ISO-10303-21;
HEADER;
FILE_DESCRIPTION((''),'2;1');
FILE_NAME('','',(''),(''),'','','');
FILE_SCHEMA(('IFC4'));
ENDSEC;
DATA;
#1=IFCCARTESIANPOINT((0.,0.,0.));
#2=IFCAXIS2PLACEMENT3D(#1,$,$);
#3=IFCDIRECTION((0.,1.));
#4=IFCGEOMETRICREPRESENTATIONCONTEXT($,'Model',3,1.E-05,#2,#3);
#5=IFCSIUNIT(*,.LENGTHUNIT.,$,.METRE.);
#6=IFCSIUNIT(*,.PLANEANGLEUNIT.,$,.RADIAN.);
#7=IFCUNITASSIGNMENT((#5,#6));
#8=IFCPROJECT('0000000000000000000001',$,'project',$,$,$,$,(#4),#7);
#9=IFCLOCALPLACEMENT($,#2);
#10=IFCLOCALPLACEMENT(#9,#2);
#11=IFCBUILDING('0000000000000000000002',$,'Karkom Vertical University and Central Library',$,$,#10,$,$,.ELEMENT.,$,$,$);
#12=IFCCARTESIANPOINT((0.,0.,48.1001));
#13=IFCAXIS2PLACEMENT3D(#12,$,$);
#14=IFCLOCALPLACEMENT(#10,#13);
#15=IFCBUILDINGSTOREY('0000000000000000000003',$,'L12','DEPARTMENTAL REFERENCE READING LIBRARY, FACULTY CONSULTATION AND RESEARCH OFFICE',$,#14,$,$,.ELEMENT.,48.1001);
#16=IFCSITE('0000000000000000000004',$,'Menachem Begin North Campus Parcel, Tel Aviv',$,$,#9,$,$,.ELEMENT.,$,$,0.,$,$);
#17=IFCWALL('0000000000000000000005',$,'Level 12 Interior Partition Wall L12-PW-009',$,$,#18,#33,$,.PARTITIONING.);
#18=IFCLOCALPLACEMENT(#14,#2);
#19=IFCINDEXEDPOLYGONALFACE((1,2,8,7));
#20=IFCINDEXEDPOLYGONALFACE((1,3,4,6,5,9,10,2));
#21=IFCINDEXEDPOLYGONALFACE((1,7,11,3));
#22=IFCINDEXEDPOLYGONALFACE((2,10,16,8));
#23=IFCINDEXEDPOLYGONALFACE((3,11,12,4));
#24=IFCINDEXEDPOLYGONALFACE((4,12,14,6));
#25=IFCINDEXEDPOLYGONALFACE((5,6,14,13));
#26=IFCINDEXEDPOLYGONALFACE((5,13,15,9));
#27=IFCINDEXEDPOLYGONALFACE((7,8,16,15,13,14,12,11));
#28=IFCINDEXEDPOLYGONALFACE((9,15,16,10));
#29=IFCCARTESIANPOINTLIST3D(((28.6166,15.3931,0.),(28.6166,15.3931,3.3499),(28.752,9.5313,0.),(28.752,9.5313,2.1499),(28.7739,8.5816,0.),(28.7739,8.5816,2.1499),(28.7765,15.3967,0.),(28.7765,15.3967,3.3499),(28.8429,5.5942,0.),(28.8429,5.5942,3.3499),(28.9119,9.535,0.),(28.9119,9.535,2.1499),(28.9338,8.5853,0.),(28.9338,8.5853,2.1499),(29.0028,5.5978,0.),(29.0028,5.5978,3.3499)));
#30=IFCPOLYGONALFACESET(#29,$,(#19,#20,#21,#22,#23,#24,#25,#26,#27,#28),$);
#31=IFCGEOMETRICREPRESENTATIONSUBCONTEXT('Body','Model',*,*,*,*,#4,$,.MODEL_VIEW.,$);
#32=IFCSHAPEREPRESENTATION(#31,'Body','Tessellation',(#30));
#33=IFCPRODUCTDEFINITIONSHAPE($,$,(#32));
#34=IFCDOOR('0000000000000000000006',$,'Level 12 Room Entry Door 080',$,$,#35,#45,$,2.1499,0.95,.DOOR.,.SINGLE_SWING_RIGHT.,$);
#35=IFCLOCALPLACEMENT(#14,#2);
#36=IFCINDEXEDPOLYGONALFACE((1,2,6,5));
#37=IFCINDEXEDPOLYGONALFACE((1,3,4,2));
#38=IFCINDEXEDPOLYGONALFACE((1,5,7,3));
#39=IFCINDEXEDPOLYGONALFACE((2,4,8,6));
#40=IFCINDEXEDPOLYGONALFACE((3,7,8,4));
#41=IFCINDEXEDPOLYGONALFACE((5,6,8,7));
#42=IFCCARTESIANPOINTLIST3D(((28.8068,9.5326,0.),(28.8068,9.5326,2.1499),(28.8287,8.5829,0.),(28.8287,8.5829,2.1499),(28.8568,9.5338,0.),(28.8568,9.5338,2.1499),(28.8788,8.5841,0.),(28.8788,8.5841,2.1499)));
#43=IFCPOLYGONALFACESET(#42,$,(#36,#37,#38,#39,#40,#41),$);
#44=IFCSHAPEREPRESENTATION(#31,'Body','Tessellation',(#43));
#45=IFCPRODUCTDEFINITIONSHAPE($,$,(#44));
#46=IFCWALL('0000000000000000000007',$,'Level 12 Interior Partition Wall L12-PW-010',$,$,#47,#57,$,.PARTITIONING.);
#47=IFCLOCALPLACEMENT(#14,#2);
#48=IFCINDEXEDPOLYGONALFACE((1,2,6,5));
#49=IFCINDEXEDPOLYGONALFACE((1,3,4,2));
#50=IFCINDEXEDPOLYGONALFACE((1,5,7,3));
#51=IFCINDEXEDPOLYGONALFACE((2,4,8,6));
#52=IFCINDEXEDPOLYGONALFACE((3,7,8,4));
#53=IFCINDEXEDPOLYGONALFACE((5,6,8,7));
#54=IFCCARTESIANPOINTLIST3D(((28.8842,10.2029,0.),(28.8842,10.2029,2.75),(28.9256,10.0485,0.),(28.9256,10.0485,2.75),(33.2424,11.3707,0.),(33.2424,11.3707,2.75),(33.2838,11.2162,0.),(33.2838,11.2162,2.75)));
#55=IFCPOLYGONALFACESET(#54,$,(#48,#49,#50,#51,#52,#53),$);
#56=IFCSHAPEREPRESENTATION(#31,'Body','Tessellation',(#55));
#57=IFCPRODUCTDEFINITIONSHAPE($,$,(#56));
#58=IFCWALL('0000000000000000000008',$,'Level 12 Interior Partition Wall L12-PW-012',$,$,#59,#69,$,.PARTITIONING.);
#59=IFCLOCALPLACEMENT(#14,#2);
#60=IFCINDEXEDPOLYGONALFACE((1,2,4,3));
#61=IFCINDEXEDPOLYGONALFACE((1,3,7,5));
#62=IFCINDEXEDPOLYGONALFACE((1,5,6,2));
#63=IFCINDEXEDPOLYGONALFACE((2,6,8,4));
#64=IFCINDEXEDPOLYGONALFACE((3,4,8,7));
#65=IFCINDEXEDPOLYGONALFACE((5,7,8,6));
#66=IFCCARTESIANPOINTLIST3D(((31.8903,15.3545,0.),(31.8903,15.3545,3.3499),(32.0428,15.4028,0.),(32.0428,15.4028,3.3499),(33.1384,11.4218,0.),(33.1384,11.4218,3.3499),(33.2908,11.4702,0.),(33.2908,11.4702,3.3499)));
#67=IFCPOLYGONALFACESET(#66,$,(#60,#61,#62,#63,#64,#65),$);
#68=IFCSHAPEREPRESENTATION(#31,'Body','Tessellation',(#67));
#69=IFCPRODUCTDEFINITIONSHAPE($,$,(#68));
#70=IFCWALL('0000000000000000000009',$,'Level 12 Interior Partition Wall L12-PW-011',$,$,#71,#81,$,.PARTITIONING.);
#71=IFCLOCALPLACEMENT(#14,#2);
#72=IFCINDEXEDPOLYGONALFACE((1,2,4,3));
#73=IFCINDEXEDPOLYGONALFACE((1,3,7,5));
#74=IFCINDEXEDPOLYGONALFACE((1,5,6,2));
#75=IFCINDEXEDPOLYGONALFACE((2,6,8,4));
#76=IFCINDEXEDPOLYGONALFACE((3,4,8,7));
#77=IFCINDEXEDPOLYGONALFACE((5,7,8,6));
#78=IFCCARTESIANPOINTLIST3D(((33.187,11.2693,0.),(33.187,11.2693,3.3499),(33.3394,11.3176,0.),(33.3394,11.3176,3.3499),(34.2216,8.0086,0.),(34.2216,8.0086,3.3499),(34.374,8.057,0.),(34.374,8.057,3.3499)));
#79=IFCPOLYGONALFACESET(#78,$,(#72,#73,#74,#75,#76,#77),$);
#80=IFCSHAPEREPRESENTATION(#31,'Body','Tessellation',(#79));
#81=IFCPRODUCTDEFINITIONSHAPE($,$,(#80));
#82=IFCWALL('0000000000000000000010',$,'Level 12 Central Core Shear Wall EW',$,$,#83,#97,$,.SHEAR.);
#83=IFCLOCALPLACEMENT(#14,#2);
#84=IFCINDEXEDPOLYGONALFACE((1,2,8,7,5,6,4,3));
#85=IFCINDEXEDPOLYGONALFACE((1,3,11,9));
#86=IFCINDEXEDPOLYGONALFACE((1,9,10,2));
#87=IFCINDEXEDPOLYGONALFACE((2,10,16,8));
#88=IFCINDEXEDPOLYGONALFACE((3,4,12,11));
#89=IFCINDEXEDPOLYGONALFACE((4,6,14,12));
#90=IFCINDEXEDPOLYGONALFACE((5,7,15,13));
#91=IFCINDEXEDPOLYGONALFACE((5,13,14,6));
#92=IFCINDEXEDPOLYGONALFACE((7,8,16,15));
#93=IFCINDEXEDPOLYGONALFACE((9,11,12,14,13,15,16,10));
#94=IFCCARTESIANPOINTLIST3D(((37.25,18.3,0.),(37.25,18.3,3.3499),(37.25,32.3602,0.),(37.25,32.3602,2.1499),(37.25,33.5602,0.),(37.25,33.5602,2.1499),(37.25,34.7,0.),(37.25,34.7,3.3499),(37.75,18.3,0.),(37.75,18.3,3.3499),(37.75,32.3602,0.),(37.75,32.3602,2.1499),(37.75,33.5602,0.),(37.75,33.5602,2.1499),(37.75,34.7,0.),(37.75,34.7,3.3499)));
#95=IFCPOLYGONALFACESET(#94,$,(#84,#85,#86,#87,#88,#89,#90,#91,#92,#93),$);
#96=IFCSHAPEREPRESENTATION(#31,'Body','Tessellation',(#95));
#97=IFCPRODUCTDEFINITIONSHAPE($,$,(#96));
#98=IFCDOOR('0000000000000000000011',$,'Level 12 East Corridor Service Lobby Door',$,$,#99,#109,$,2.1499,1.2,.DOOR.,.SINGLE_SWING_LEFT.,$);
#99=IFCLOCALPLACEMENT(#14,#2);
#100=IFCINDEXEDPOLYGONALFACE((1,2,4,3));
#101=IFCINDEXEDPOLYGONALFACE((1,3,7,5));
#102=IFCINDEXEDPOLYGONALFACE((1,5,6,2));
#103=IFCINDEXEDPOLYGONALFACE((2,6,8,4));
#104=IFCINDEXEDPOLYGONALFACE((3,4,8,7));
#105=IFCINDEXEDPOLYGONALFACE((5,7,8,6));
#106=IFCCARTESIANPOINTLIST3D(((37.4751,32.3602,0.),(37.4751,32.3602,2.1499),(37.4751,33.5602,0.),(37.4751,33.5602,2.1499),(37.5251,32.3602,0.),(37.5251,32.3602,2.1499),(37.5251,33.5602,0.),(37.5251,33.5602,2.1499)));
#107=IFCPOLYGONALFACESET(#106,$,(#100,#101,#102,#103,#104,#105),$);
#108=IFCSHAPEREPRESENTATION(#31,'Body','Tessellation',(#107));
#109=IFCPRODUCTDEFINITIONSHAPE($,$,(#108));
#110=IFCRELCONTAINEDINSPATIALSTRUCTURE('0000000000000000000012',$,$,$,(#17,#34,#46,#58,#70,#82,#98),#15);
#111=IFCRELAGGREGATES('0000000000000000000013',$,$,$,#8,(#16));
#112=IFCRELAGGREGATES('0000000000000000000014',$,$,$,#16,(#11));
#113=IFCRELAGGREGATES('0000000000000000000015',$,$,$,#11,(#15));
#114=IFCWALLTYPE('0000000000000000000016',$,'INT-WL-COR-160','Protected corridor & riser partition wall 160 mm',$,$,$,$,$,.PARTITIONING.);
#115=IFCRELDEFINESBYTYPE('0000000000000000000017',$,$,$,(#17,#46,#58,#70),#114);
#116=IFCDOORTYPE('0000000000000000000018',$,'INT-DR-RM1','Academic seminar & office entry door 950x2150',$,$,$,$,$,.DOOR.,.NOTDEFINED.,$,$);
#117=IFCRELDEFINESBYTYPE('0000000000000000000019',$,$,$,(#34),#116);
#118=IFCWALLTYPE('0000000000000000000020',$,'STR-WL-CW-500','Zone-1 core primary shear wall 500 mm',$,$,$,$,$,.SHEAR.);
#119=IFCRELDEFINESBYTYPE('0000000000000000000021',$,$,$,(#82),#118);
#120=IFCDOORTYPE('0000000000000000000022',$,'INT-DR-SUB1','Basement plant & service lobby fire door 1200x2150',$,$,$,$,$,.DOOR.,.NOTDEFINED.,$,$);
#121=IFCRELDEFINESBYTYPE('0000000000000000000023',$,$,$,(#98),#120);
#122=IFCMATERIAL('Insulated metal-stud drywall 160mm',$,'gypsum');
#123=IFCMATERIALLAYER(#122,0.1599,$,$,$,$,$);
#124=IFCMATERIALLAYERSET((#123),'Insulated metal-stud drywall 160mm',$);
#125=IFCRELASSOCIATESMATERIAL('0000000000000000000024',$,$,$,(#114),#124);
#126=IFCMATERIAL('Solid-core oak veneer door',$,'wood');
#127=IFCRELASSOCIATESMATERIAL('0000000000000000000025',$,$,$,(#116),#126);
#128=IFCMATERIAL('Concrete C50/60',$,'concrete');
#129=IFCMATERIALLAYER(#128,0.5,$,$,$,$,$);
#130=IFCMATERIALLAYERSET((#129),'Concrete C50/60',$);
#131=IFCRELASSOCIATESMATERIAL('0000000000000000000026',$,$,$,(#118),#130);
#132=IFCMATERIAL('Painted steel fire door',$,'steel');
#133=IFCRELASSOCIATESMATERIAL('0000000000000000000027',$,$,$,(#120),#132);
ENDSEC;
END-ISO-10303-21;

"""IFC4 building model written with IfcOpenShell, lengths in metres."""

from ifc_helpers import new_model, si_unit, direction, frame, frame_2d, origin, origin_with_axes, place, context, subcontext, project, spatial, rectangle, extrude, source, transform, mapped, material, layer, layer_set, type_object, element, fill, save


model = new_model("IFC4")

# Units and contexts
model_context = context("Model", 3, precision=1e-05, world=origin(), true_north=direction((0.0, 1.0)))
body_context = subcontext(model_context, "Body", "Model", "MODEL_VIEW")
ifc_project = project(units=[si_unit("LENGTHUNIT", "METRE"), si_unit("PLANEANGLEUNIT", "RADIAN")], contexts=[model_context])

# Site, building, storey
site_placement = place(None, origin())
site = spatial("IfcSite", under=ifc_project, at=site_placement, Name="Menachem Begin North Campus Parcel, Tel Aviv", CompositionType="ELEMENT", RefElevation=0.0)
building_placement = place(site_placement, origin())
building = spatial("IfcBuilding", under=site, at=building_placement, Name="Karkom Vertical University and Central Library", CompositionType="ELEMENT")
storey_placement = place(building_placement, frame((0.0, 0.0, 48.1001)))
storey = spatial("IfcBuildingStorey", under=building, at=storey_placement, Name="L12", Description="DEPARTMENTAL REFERENCE READING LIBRARY, FACULTY CONSULTATION AND RESEARCH OFFICE", CompositionType="ELEMENT", Elevation=48.1001)

# Shared definitions
ifc_material_1 = material(Name="Concrete C50/60", Category="concrete")

# Wall, opening, door
ifc_material_2 = material(Name="Insulated metal-stud drywall 160mm", Category="gypsum")
ifc_layer_1 = layer(ifc_material_2, 0.1599)
ifc_layer_set_1 = layer_set([ifc_layer_1], Name="Insulated metal-stud drywall 160mm")
wall_type_1 = type_object("IfcWallType", Name="INT-WL-COR-160", Description="Protected corridor & riser partition wall 160 mm", PredefinedType="PARTITIONING", material=ifc_layer_set_1)
wall_1_placement = place(storey_placement, frame((28.6965, 15.395, 0.0), z_axis=(0.0, 0.0, 1.0), x_axis=(0.02309, -0.999733, 0.0)))
wall_1 = element("IfcWall", 1, at=wall_1_placement, inside=storey, type_object=wall_type_1, Name="Level 12 Interior Partition Wall L12-PW-009", PredefinedType="PARTITIONING", context=body_context, shape_type="SweptSolid", body=[
    extrude(rectangle(XDim=9.8015, YDim=0.1599, at=frame_2d((4.9009, 0.0))), origin(), (0.0, 0.0, 1.0), 3.3499),
])
opening_1_placement = place(wall_1_placement, frame((5.8633, 0.0, 0.0)))
opening_1 = element("IfcOpeningElement", 2, at=opening_1_placement, cuts=wall_1, PredefinedType="OPENING", context=body_context, shape_type="SweptSolid", body=[
    extrude(rectangle(XDim=0.95, YDim=2.1499, at=frame_2d((0.4751, 1.075))), frame((0.0, 0.0898, 0.0), z_axis=(0.0, -1.0, 0.0), x_axis=(1.0, 0.0, 0.0)), (0.0, 0.0, 1.0), 0.1799),
])
ifc_material_3 = material(Name="Solid-core oak veneer door", Category="wood")
door_type_1 = type_object("IfcDoorType", Name="INT-DR-RM1", Description="Academic seminar & office entry door 950x2150", OperationType="NOTDEFINED", PredefinedType="DOOR", material=ifc_material_3)
shared_shape_1 = source(origin_with_axes(), body_context, "Body", "SweptSolid", [
    extrude(rectangle(XDim=0.95, YDim=2.1499, at=frame_2d((0.4751, 1.075))), frame((0.0, 0.0249, 0.0), z_axis=(0.0, -1.0, 0.0), x_axis=(1.0, 0.0, 0.0)), (0.0, 0.0, 1.0), 0.05),
])
door_1_placement = place(opening_1_placement, origin())
door_1 = element("IfcDoor", 3, at=door_1_placement, inside=storey, type_object=door_type_1, Name="Level 12 Room Entry Door 080", OperationType="SINGLE_SWING_RIGHT", OverallHeight=2.1499, OverallWidth=0.95, PredefinedType="DOOR", context=body_context, shape_type="MappedRepresentation", body=[
    mapped(shared_shape_1, transform((0.0, 0.0, 0.0), scale=1.0)),
])
fill(opening_1, door_1)

# Walls
wall_2_placement = place(storey_placement, frame((28.905, 10.1257, 0.0), z_axis=(0.0, 0.0, 1.0), x_axis=(0.965928, 0.258811, 0.0)))
element("IfcWall", 4, at=wall_2_placement, inside=storey, type_object=wall_type_1, Name="Level 12 Interior Partition Wall L12-PW-010", PredefinedType="PARTITIONING", context=body_context, shape_type="SweptSolid", body=[
    extrude(rectangle(XDim=4.512, YDim=0.1599, at=frame_2d((2.2559, 0.0))), origin(), (0.0, 0.0, 1.0), 2.75),
])
wall_3_placement = place(storey_placement, frame((31.9666, 15.3787, 0.0), z_axis=(0.0, 0.0, 1.0), x_axis=(0.30249, -0.953152, 0.0)))
element("IfcWall", 5, at=wall_3_placement, inside=storey, type_object=wall_type_1, Name="Level 12 Interior Partition Wall L12-PW-012", PredefinedType="PARTITIONING", context=body_context, shape_type="SweptSolid", body=[
    extrude(rectangle(XDim=4.126, YDim=0.1599, at=frame_2d((2.063, 0.0))), origin(), (0.0, 0.0, 1.0), 3.3499),
])
wall_4_placement = place(storey_placement, frame((33.2632, 11.2935, 0.0), z_axis=(0.0, 0.0, 1.0), x_axis=(0.302449, -0.953165, 0.0)))
element("IfcWall", 6, at=wall_4_placement, inside=storey, type_object=wall_type_1, Name="Level 12 Interior Partition Wall L12-PW-011", PredefinedType="PARTITIONING", context=body_context, shape_type="SweptSolid", body=[
    extrude(rectangle(XDim=3.4209, YDim=0.1599, at=frame_2d((1.7104, 0.0))), origin(), (0.0, 0.0, 1.0), 3.3499),
])

# Wall, opening, door
ifc_layer_2 = layer(ifc_material_1, 0.5)
ifc_layer_set_2 = layer_set([ifc_layer_2], Name="Concrete C50/60")
wall_type_2 = type_object("IfcWallType", Name="STR-WL-CW-500", Description="Zone-1 core primary shear wall 500 mm", PredefinedType="SHEAR", material=ifc_layer_set_2)
wall_5_placement = place(storey_placement, frame((37.5, 18.3, 0.0), z_axis=(0.0, 0.0, 1.0), x_axis=(0.0, 1.0, 0.0)))
wall_5 = element("IfcWall", 7, at=wall_5_placement, inside=storey, type_object=wall_type_2, Name="Level 12 Central Core Shear Wall EW", PredefinedType="SHEAR", context=body_context, shape_type="SweptSolid", body=[
    extrude(rectangle(XDim=16.3999, YDim=0.5, at=frame_2d((8.2, 0.0))), origin(), (0.0, 0.0, 1.0), 3.3499),
])
opening_2_placement = place(wall_5_placement, frame((14.0601, 0.0, 0.0)))
opening_2 = element("IfcOpeningElement", 8, at=opening_2_placement, cuts=wall_5, PredefinedType="OPENING", context=body_context, shape_type="SweptSolid", body=[
    extrude(rectangle(XDim=1.2, YDim=2.1499, at=frame_2d((0.6001, 1.075))), frame((0.0, 0.26, 0.0), z_axis=(0.0, -1.0, 0.0), x_axis=(1.0, 0.0, 0.0)), (0.0, 0.0, 1.0), 0.52),
])
ifc_material_4 = material(Name="Painted steel fire door", Category="steel")
door_type_2 = type_object("IfcDoorType", Name="INT-DR-SUB1", Description="Basement plant & service lobby fire door 1200x2150", OperationType="NOTDEFINED", PredefinedType="DOOR", material=ifc_material_4)
shared_shape_2 = source(origin_with_axes(), body_context, "Body", "SweptSolid", [
    extrude(rectangle(XDim=1.2, YDim=2.1499, at=frame_2d((0.6001, 1.075))), frame((0.0, 0.0249, 0.0), z_axis=(0.0, -1.0, 0.0), x_axis=(1.0, 0.0, 0.0)), (0.0, 0.0, 1.0), 0.05),
])
door_2_placement = place(opening_2_placement, origin())
door_2 = element("IfcDoor", 9, at=door_2_placement, inside=storey, type_object=door_type_2, Name="Level 12 East Corridor Service Lobby Door", OperationType="SINGLE_SWING_LEFT", OverallHeight=2.1499, OverallWidth=1.2, PredefinedType="DOOR", context=body_context, shape_type="MappedRepresentation", body=[
    mapped(shared_shape_2, transform((0.0, 0.0, 0.0), scale=1.0)),
])
fill(opening_2, door_2)

save(model, "model.ifc")
